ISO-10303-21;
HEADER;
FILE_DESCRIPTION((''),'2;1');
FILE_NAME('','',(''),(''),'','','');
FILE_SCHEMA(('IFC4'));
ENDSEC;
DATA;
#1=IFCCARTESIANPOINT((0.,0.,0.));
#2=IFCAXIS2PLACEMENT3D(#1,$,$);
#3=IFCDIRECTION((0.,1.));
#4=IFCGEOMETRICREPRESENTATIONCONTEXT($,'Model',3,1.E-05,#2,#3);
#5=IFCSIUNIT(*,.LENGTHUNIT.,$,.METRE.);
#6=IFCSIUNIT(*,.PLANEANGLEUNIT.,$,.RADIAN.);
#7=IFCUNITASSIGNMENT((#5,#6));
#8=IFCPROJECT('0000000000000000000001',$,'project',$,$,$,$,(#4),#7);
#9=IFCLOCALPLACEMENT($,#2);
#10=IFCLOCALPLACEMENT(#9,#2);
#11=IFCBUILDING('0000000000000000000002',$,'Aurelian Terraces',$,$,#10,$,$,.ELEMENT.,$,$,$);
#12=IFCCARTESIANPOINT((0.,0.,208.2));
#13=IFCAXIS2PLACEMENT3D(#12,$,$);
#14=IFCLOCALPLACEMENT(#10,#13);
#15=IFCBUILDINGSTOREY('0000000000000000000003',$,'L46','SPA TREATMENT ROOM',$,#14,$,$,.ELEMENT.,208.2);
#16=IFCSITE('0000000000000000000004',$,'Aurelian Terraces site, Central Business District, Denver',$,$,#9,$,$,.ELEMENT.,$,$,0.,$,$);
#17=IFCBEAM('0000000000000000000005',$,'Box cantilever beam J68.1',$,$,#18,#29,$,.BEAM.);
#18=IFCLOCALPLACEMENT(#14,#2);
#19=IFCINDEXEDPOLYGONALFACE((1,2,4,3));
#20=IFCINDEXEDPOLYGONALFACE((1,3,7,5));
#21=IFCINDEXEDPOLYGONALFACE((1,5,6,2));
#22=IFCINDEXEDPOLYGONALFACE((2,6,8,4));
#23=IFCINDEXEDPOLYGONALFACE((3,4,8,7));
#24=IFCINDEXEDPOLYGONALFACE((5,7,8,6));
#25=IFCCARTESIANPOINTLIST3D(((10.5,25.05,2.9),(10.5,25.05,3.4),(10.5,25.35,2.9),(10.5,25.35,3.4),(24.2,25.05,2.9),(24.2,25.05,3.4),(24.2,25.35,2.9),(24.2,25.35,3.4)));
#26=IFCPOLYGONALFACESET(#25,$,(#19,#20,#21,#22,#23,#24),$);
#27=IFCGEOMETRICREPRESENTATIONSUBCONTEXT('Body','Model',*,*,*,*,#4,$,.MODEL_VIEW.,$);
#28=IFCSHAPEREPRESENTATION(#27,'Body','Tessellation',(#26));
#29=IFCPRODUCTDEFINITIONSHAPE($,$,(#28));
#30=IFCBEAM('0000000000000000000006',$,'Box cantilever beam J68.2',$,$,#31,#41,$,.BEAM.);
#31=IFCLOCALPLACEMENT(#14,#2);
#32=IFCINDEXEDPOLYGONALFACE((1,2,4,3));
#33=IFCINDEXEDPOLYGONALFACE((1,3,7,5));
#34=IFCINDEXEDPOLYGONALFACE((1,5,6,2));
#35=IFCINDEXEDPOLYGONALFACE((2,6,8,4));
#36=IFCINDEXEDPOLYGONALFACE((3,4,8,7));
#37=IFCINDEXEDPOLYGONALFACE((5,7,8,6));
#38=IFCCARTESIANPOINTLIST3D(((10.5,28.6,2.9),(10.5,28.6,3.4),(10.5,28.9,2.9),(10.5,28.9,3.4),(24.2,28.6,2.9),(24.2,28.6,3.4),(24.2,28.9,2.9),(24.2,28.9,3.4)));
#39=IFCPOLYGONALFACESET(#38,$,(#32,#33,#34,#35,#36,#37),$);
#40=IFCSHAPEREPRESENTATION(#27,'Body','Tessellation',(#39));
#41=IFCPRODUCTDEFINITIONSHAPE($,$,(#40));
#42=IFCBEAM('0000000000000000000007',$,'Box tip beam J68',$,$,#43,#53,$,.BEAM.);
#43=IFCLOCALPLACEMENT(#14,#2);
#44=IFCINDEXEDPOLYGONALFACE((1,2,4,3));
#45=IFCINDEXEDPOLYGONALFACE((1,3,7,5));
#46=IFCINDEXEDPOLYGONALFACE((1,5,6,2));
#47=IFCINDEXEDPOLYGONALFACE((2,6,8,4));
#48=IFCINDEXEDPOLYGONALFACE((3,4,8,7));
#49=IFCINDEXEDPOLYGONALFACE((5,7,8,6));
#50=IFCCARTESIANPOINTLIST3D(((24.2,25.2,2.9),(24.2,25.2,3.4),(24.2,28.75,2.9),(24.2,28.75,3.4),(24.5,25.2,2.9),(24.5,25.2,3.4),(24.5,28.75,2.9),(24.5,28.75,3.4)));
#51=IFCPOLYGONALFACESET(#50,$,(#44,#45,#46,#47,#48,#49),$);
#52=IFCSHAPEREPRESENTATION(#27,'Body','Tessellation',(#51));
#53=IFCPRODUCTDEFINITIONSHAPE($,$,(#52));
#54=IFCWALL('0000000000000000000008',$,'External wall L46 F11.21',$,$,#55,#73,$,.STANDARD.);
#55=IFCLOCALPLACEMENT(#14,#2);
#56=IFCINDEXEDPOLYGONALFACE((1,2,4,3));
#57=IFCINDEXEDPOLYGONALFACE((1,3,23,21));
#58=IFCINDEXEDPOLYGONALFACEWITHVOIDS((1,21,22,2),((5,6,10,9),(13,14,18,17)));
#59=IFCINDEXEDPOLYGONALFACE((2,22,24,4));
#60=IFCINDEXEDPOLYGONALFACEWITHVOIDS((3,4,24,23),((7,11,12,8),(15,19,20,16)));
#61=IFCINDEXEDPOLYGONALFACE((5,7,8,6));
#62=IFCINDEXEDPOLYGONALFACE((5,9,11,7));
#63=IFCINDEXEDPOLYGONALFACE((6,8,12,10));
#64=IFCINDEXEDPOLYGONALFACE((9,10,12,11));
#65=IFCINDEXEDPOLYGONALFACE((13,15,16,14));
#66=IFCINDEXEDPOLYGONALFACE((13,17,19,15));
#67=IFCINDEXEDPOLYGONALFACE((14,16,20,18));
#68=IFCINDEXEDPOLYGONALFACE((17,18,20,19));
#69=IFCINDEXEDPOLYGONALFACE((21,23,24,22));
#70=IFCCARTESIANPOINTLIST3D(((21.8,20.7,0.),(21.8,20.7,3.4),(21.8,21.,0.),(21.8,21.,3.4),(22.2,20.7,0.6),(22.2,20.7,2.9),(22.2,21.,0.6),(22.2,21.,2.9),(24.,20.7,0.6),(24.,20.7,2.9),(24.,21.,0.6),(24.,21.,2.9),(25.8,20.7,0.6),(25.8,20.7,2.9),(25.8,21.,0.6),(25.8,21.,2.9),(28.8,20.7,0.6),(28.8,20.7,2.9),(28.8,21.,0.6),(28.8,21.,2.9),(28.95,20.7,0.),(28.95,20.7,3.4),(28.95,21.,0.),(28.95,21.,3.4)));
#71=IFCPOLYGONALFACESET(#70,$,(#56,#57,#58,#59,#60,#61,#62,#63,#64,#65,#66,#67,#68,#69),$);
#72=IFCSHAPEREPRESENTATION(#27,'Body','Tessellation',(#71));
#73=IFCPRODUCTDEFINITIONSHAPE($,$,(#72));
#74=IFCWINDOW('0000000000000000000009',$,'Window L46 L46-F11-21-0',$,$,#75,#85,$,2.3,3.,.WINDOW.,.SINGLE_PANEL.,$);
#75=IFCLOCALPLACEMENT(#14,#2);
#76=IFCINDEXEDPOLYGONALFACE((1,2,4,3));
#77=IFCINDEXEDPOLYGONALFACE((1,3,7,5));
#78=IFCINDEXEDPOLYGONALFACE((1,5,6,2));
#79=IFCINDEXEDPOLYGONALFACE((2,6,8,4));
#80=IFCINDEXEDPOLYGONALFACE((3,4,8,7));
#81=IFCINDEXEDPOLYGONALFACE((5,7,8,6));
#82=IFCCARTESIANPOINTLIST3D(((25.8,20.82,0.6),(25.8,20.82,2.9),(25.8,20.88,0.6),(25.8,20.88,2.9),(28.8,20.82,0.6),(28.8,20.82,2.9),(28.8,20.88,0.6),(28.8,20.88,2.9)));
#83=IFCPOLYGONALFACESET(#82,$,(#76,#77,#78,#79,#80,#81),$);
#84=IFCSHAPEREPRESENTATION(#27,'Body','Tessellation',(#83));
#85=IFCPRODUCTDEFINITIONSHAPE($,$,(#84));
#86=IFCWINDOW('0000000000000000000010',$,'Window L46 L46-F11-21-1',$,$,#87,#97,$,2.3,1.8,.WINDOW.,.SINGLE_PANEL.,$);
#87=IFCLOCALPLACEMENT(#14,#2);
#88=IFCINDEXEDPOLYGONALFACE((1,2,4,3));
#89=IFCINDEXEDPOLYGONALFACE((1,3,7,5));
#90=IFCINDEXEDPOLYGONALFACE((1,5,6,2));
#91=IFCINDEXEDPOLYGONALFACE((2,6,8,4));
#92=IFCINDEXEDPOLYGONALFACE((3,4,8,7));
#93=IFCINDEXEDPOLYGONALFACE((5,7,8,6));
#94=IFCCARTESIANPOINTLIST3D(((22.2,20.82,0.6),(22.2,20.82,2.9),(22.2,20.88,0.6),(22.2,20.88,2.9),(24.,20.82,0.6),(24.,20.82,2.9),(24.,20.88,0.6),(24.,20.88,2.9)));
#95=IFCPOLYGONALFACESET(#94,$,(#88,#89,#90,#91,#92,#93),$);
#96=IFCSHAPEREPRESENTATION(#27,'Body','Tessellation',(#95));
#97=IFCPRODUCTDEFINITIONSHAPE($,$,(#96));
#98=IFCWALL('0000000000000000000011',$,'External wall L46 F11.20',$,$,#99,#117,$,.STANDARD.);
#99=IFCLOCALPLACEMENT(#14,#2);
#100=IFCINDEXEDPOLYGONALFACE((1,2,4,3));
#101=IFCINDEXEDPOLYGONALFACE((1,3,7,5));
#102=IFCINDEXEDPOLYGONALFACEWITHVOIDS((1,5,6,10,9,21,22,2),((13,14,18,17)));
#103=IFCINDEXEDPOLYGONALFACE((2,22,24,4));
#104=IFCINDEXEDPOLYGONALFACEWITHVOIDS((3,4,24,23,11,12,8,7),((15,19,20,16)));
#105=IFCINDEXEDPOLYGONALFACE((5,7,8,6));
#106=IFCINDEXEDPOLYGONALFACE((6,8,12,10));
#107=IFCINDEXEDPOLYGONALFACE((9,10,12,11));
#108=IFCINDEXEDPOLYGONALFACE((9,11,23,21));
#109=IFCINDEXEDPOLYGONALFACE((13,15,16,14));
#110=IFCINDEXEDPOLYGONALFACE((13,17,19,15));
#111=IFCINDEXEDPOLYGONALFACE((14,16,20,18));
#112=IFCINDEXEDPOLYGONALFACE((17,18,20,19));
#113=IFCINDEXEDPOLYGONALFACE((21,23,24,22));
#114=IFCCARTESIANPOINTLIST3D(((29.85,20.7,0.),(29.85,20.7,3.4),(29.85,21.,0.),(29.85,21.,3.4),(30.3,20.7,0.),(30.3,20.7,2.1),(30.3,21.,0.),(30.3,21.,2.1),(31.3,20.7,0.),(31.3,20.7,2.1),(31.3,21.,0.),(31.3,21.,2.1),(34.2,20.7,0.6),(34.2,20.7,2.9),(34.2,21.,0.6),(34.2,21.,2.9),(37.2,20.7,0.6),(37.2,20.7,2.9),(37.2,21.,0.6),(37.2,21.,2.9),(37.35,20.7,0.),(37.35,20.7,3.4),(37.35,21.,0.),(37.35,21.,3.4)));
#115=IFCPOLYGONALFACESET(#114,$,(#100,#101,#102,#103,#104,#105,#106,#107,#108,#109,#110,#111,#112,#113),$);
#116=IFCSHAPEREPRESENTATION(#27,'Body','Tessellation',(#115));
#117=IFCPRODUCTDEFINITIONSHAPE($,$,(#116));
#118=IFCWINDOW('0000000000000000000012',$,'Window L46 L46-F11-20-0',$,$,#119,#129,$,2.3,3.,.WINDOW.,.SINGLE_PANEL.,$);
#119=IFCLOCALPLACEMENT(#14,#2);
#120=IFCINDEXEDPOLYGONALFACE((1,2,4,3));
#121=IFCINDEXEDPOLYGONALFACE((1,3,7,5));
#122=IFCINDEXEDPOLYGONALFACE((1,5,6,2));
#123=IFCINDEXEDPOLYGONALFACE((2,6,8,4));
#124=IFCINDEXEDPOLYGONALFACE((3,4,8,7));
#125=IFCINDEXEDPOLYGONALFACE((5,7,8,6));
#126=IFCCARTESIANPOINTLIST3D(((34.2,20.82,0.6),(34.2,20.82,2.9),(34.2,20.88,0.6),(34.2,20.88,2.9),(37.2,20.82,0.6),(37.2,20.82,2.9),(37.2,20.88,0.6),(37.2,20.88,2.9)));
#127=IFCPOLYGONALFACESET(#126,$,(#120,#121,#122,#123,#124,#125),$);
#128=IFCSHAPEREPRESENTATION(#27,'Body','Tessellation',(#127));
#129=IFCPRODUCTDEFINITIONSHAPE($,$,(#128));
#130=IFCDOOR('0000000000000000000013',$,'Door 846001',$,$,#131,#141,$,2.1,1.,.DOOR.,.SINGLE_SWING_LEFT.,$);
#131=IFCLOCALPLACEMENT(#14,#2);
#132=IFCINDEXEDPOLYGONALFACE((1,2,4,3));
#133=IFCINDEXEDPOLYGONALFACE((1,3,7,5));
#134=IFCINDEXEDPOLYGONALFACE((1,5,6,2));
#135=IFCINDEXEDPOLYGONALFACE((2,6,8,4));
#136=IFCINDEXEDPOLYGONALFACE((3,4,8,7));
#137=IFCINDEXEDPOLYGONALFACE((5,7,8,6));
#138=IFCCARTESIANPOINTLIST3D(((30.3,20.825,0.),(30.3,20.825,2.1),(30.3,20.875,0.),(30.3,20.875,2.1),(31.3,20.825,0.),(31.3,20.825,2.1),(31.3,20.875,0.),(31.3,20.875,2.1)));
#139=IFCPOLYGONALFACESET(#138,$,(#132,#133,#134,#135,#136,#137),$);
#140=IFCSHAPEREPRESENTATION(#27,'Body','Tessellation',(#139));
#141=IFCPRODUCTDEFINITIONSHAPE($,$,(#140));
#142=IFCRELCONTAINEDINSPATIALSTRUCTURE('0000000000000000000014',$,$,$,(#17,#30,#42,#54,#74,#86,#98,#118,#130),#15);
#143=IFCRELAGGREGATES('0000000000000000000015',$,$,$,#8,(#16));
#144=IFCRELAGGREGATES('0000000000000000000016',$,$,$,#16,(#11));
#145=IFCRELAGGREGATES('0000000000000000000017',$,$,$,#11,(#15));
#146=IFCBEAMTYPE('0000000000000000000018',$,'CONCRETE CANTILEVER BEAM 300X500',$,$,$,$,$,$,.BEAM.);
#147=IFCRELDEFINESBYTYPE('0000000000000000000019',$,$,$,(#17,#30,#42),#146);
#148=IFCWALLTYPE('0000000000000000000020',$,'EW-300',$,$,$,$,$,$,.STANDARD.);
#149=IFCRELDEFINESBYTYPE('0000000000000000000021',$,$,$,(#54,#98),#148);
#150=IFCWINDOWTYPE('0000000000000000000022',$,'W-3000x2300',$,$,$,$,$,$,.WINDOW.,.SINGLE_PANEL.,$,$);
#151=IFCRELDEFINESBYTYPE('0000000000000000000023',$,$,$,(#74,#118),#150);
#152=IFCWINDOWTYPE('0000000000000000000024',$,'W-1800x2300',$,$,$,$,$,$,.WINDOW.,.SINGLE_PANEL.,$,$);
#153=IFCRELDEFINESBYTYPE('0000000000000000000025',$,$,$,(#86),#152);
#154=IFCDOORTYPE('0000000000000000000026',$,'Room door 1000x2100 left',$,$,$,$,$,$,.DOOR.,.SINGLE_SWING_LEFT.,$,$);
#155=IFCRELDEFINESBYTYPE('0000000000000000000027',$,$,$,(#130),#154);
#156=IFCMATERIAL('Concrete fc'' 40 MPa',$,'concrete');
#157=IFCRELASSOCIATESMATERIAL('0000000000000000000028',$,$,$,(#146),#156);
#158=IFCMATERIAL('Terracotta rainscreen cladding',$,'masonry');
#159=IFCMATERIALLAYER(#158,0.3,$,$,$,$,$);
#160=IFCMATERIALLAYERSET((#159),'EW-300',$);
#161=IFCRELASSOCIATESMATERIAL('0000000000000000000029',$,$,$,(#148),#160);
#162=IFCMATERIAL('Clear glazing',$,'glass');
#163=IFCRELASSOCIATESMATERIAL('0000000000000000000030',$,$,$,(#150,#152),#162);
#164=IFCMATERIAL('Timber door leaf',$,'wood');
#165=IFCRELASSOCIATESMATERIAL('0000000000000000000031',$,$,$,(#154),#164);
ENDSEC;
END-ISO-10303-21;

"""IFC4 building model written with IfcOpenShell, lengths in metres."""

from ifc_helpers import new_model, si_unit, direction, frame, frame_2d, origin, origin_2d, place, context, subcontext, project, spatial, rectangle, extrude, source, transform, mapped, material, layer, layer_set, material_profile, profile_set, type_object, element, fill, save


model = new_model("IFC4")

# Units and contexts
model_context = context("Model", 3, precision=1e-05, world=origin(), true_north=direction((0.0, 1.0)))
body_context = subcontext(model_context, "Body", "Model", "MODEL_VIEW")
ifc_project = project(units=[si_unit("LENGTHUNIT", "METRE"), si_unit("PLANEANGLEUNIT", "RADIAN")], contexts=[model_context])

# Site, building, storey
site_placement = place(None, origin())
site = spatial("IfcSite", under=ifc_project, at=site_placement, Name="Aurelian Terraces site, Central Business District, Denver", CompositionType="ELEMENT", RefElevation=0.0)
building_placement = place(site_placement, origin())
building = spatial("IfcBuilding", under=site, at=building_placement, Name="Aurelian Terraces", CompositionType="ELEMENT")
storey_placement = place(building_placement, frame((0.0, 0.0, 208.2)))
storey = spatial("IfcBuildingStorey", under=building, at=storey_placement, Name="L46", Description="SPA TREATMENT ROOM", CompositionType="ELEMENT", Elevation=208.2)

# Beams
ifc_material_1 = material(Name="Concrete fc' 40 MPa", Category="concrete")
ifc_material_profile = material_profile(ifc_material_1, rectangle(XDim=0.3, YDim=0.5, at=origin_2d()))
ifc_profile_set = profile_set([ifc_material_profile], Name="Concrete fc' 40 MPa")
beam_type = type_object("IfcBeamType", Name="CONCRETE CANTILEVER BEAM 300X500", PredefinedType="BEAM", material=ifc_profile_set)
shared_shape_1 = source(origin(), body_context, "Body", "SweptSolid", [
    extrude(rectangle(XDim=0.3, YDim=0.5, at=origin_2d()), origin(), (0.0, 0.0, 1.0), 13.7),
])
for number, where, z_axis, x_axis, name in (
    (1, (24.2, 25.2, 3.15), (-1.0, 0.0, 0.0), (0.0, -1.0, 0.0), "Box cantilever beam J68.1"),
    (2, (24.2, 28.75, 3.15), (-1.0, 0.0, 0.0), (0.0, -1.0, 0.0), "Box cantilever beam J68.2"),
):
    element("IfcBeam", number, at=place(storey_placement, frame(where, z_axis=z_axis, x_axis=x_axis)), inside=storey, type_object=beam_type, Name=name, PredefinedType="BEAM", context=body_context, shape_type="MappedRepresentation", body=[
        mapped(shared_shape_1, transform((0.0, 0.0, 0.0), scale=1.0)),
    ])
shared_shape_2 = source(origin(), body_context, "Body", "SweptSolid", [
    extrude(rectangle(XDim=0.3, YDim=0.5, at=origin_2d()), origin(), (0.0, 0.0, 1.0), 3.55),
])
beam_placement = place(storey_placement, frame((24.35, 25.2, 3.15), z_axis=(0.0, 1.0, 0.0), x_axis=(-1.0, 0.0, 0.0)))
element("IfcBeam", 3, at=beam_placement, inside=storey, type_object=beam_type, Name="Box tip beam J68", PredefinedType="BEAM", context=body_context, shape_type="MappedRepresentation", body=[
    mapped(shared_shape_2, transform((0.0, 0.0, 0.0), scale=1.0)),
])

# Wall, openings, windows
ifc_material_2 = material(Name="Terracotta rainscreen cladding", Category="masonry")
ifc_layer_1 = layer(ifc_material_2, 0.3)
ifc_layer_set_1 = layer_set([ifc_layer_1], Name="EW-300")
wall_type_1 = type_object("IfcWallType", Name="EW-300", PredefinedType="STANDARD", material=ifc_layer_set_1)
shared_shape_3 = source(origin(), body_context, "Body", "SweptSolid", [
    extrude(rectangle(XDim=7.15, YDim=0.3, at=frame_2d((3.575, 0.0))), origin(), (0.0, 0.0, 1.0), 3.4),
])
wall_1_placement = place(storey_placement, frame((28.95, 20.85, 0.0), z_axis=(0.0, 0.0, 1.0), x_axis=(-1.0, 0.0, 0.0)))
wall_1 = element("IfcWall", 4, at=wall_1_placement, inside=storey, type_object=wall_type_1, Name="External wall L46 F11.21", PredefinedType="STANDARD", context=body_context, shape_type="MappedRepresentation", body=[
    mapped(shared_shape_3, transform((0.0, 0.0, 0.0), scale=1.0)),
])
shared_shape_4 = source(origin(), body_context, "Body", "SweptSolid", [
    extrude(rectangle(XDim=3.0, YDim=2.3, at=frame_2d((1.5, 1.15))), frame((0.0, 0.16, 0.0), z_axis=(0.0, -1.0, 0.0), x_axis=(1.0, 0.0, 0.0)), (0.0, 0.0, 1.0), 0.32),
])
opening_1_placement = place(wall_1_placement, frame((0.15, 0.0, 0.6)))
opening_1 = element("IfcOpeningElement", 5, at=opening_1_placement, cuts=wall_1, PredefinedType="OPENING", context=body_context, shape_type="MappedRepresentation", body=[
    mapped(shared_shape_4, transform((0.0, 0.0, 0.0), scale=1.0)),
])
shared_shape_5 = source(origin(), body_context, "Body", "SweptSolid", [
    extrude(rectangle(XDim=1.8, YDim=2.3, at=frame_2d((0.9, 1.15))), frame((0.0, 0.16, 0.0), z_axis=(0.0, -1.0, 0.0), x_axis=(1.0, 0.0, 0.0)), (0.0, 0.0, 1.0), 0.32),
])
opening_2_placement = place(wall_1_placement, frame((4.95, 0.0, 0.6)))
opening_2 = element("IfcOpeningElement", 6, at=opening_2_placement, cuts=wall_1, PredefinedType="OPENING", context=body_context, shape_type="MappedRepresentation", body=[
    mapped(shared_shape_5, transform((0.0, 0.0, 0.0), scale=1.0)),
])
ifc_material_3 = material(Name="Clear glazing", Category="glass")
window_type_1 = type_object("IfcWindowType", Name="W-3000x2300", PartitioningType="SINGLE_PANEL", PredefinedType="WINDOW", material=ifc_material_3)
shared_shape_6 = source(origin(), body_context, "Body", "SweptSolid", [
    extrude(rectangle(XDim=3.0, YDim=2.3, at=frame_2d((1.5, 1.15))), frame((0.0, 0.03, 0.0), z_axis=(0.0, -1.0, 0.0), x_axis=(1.0, 0.0, 0.0)), (0.0, 0.0, 1.0), 0.06),
])
window_1_placement = place(opening_1_placement, origin())
window_1 = element("IfcWindow", 7, at=window_1_placement, inside=storey, type_object=window_type_1, Name="Window L46 L46-F11-21-0", OverallHeight=2.3, OverallWidth=3.0, PartitioningType="SINGLE_PANEL", PredefinedType="WINDOW", context=body_context, shape_type="MappedRepresentation", body=[
    mapped(shared_shape_6, transform((0.0, 0.0, 0.0), scale=1.0)),
])
fill(opening_1, window_1)
window_type_2 = type_object("IfcWindowType", Name="W-1800x2300", PartitioningType="SINGLE_PANEL", PredefinedType="WINDOW", material=ifc_material_3)
shared_shape_7 = source(origin(), body_context, "Body", "SweptSolid", [
    extrude(rectangle(XDim=1.8, YDim=2.3, at=frame_2d((0.9, 1.15))), frame((0.0, 0.03, 0.0), z_axis=(0.0, -1.0, 0.0), x_axis=(1.0, 0.0, 0.0)), (0.0, 0.0, 1.0), 0.06),
])
window_2_placement = place(opening_2_placement, origin())
window_2 = element("IfcWindow", 8, at=window_2_placement, inside=storey, type_object=window_type_2, Name="Window L46 L46-F11-21-1", OverallHeight=2.3, OverallWidth=1.8, PartitioningType="SINGLE_PANEL", PredefinedType="WINDOW", context=body_context, shape_type="MappedRepresentation", body=[
    mapped(shared_shape_7, transform((0.0, 0.0, 0.0), scale=1.0)),
])
fill(opening_2, window_2)

# Wall, openings, window, door
shared_shape_8 = source(origin(), body_context, "Body", "SweptSolid", [
    extrude(rectangle(XDim=7.5, YDim=0.3, at=frame_2d((3.75, 0.0))), origin(), (0.0, 0.0, 1.0), 3.4),
])
wall_2_placement = place(storey_placement, frame((37.35, 20.85, 0.0), z_axis=(0.0, 0.0, 1.0), x_axis=(-1.0, 0.0, 0.0)))
wall_2 = element("IfcWall", 9, at=wall_2_placement, inside=storey, type_object=wall_type_1, Name="External wall L46 F11.20", PredefinedType="STANDARD", context=body_context, shape_type="MappedRepresentation", body=[
    mapped(shared_shape_8, transform((0.0, 0.0, 0.0), scale=1.0)),
])
opening_3_placement = place(wall_2_placement, frame((0.15, 0.0, 0.6)))
opening_3 = element("IfcOpeningElement", 10, at=opening_3_placement, cuts=wall_2, PredefinedType="OPENING", context=body_context, shape_type="MappedRepresentation", body=[
    mapped(shared_shape_4, transform((0.0, 0.0, 0.0), scale=1.0)),
])
shared_shape_9 = source(origin(), body_context, "Body", "SweptSolid", [
    extrude(rectangle(XDim=1.0, YDim=2.1, at=frame_2d((0.5, 1.05))), frame((0.0, 0.16, 0.0), z_axis=(0.0, -1.0, 0.0), x_axis=(1.0, 0.0, 0.0)), (0.0, 0.0, 1.0), 0.32),
])
opening_4_placement = place(wall_2_placement, frame((6.05, 0.0, 0.0)))
opening_4 = element("IfcOpeningElement", 11, at=opening_4_placement, cuts=wall_2, PredefinedType="OPENING", context=body_context, shape_type="MappedRepresentation", body=[
    mapped(shared_shape_9, transform((0.0, 0.0, 0.0), scale=1.0)),
])
window_3_placement = place(opening_3_placement, origin())
window_3 = element("IfcWindow", 12, at=window_3_placement, inside=storey, type_object=window_type_1, Name="Window L46 L46-F11-20-0", OverallHeight=2.3, OverallWidth=3.0, PartitioningType="SINGLE_PANEL", PredefinedType="WINDOW", context=body_context, shape_type="MappedRepresentation", body=[
    mapped(shared_shape_6, transform((0.0, 0.0, 0.0), scale=1.0)),
])
fill(opening_3, window_3)
ifc_material_4 = material(Name="Timber door leaf", Category="wood")
door_type_1 = type_object("IfcDoorType", Name="Room door 1000x2100 left", OperationType="SINGLE_SWING_LEFT", PredefinedType="DOOR", material=ifc_material_4)
shared_shape_10 = source(origin(), body_context, "Body", "SweptSolid", [
    extrude(rectangle(XDim=1.0, YDim=2.1, at=frame_2d((0.5, 1.05))), frame((0.0, 0.025, 0.0), z_axis=(0.0, -1.0, 0.0), x_axis=(1.0, 0.0, 0.0)), (0.0, 0.0, 1.0), 0.05),
])
door_1_placement = place(opening_4_placement, origin())
door_1 = element("IfcDoor", 13, at=door_1_placement, inside=storey, type_object=door_type_1, Name="Door 846001", OperationType="SINGLE_SWING_LEFT", OverallHeight=2.1, OverallWidth=1.0, PredefinedType="DOOR", context=body_context, shape_type="MappedRepresentation", body=[
    mapped(shared_shape_10, transform((0.0, 0.0, 0.0), scale=1.0)),
])
fill(opening_4, door_1)

save(model, "model.ifc")
